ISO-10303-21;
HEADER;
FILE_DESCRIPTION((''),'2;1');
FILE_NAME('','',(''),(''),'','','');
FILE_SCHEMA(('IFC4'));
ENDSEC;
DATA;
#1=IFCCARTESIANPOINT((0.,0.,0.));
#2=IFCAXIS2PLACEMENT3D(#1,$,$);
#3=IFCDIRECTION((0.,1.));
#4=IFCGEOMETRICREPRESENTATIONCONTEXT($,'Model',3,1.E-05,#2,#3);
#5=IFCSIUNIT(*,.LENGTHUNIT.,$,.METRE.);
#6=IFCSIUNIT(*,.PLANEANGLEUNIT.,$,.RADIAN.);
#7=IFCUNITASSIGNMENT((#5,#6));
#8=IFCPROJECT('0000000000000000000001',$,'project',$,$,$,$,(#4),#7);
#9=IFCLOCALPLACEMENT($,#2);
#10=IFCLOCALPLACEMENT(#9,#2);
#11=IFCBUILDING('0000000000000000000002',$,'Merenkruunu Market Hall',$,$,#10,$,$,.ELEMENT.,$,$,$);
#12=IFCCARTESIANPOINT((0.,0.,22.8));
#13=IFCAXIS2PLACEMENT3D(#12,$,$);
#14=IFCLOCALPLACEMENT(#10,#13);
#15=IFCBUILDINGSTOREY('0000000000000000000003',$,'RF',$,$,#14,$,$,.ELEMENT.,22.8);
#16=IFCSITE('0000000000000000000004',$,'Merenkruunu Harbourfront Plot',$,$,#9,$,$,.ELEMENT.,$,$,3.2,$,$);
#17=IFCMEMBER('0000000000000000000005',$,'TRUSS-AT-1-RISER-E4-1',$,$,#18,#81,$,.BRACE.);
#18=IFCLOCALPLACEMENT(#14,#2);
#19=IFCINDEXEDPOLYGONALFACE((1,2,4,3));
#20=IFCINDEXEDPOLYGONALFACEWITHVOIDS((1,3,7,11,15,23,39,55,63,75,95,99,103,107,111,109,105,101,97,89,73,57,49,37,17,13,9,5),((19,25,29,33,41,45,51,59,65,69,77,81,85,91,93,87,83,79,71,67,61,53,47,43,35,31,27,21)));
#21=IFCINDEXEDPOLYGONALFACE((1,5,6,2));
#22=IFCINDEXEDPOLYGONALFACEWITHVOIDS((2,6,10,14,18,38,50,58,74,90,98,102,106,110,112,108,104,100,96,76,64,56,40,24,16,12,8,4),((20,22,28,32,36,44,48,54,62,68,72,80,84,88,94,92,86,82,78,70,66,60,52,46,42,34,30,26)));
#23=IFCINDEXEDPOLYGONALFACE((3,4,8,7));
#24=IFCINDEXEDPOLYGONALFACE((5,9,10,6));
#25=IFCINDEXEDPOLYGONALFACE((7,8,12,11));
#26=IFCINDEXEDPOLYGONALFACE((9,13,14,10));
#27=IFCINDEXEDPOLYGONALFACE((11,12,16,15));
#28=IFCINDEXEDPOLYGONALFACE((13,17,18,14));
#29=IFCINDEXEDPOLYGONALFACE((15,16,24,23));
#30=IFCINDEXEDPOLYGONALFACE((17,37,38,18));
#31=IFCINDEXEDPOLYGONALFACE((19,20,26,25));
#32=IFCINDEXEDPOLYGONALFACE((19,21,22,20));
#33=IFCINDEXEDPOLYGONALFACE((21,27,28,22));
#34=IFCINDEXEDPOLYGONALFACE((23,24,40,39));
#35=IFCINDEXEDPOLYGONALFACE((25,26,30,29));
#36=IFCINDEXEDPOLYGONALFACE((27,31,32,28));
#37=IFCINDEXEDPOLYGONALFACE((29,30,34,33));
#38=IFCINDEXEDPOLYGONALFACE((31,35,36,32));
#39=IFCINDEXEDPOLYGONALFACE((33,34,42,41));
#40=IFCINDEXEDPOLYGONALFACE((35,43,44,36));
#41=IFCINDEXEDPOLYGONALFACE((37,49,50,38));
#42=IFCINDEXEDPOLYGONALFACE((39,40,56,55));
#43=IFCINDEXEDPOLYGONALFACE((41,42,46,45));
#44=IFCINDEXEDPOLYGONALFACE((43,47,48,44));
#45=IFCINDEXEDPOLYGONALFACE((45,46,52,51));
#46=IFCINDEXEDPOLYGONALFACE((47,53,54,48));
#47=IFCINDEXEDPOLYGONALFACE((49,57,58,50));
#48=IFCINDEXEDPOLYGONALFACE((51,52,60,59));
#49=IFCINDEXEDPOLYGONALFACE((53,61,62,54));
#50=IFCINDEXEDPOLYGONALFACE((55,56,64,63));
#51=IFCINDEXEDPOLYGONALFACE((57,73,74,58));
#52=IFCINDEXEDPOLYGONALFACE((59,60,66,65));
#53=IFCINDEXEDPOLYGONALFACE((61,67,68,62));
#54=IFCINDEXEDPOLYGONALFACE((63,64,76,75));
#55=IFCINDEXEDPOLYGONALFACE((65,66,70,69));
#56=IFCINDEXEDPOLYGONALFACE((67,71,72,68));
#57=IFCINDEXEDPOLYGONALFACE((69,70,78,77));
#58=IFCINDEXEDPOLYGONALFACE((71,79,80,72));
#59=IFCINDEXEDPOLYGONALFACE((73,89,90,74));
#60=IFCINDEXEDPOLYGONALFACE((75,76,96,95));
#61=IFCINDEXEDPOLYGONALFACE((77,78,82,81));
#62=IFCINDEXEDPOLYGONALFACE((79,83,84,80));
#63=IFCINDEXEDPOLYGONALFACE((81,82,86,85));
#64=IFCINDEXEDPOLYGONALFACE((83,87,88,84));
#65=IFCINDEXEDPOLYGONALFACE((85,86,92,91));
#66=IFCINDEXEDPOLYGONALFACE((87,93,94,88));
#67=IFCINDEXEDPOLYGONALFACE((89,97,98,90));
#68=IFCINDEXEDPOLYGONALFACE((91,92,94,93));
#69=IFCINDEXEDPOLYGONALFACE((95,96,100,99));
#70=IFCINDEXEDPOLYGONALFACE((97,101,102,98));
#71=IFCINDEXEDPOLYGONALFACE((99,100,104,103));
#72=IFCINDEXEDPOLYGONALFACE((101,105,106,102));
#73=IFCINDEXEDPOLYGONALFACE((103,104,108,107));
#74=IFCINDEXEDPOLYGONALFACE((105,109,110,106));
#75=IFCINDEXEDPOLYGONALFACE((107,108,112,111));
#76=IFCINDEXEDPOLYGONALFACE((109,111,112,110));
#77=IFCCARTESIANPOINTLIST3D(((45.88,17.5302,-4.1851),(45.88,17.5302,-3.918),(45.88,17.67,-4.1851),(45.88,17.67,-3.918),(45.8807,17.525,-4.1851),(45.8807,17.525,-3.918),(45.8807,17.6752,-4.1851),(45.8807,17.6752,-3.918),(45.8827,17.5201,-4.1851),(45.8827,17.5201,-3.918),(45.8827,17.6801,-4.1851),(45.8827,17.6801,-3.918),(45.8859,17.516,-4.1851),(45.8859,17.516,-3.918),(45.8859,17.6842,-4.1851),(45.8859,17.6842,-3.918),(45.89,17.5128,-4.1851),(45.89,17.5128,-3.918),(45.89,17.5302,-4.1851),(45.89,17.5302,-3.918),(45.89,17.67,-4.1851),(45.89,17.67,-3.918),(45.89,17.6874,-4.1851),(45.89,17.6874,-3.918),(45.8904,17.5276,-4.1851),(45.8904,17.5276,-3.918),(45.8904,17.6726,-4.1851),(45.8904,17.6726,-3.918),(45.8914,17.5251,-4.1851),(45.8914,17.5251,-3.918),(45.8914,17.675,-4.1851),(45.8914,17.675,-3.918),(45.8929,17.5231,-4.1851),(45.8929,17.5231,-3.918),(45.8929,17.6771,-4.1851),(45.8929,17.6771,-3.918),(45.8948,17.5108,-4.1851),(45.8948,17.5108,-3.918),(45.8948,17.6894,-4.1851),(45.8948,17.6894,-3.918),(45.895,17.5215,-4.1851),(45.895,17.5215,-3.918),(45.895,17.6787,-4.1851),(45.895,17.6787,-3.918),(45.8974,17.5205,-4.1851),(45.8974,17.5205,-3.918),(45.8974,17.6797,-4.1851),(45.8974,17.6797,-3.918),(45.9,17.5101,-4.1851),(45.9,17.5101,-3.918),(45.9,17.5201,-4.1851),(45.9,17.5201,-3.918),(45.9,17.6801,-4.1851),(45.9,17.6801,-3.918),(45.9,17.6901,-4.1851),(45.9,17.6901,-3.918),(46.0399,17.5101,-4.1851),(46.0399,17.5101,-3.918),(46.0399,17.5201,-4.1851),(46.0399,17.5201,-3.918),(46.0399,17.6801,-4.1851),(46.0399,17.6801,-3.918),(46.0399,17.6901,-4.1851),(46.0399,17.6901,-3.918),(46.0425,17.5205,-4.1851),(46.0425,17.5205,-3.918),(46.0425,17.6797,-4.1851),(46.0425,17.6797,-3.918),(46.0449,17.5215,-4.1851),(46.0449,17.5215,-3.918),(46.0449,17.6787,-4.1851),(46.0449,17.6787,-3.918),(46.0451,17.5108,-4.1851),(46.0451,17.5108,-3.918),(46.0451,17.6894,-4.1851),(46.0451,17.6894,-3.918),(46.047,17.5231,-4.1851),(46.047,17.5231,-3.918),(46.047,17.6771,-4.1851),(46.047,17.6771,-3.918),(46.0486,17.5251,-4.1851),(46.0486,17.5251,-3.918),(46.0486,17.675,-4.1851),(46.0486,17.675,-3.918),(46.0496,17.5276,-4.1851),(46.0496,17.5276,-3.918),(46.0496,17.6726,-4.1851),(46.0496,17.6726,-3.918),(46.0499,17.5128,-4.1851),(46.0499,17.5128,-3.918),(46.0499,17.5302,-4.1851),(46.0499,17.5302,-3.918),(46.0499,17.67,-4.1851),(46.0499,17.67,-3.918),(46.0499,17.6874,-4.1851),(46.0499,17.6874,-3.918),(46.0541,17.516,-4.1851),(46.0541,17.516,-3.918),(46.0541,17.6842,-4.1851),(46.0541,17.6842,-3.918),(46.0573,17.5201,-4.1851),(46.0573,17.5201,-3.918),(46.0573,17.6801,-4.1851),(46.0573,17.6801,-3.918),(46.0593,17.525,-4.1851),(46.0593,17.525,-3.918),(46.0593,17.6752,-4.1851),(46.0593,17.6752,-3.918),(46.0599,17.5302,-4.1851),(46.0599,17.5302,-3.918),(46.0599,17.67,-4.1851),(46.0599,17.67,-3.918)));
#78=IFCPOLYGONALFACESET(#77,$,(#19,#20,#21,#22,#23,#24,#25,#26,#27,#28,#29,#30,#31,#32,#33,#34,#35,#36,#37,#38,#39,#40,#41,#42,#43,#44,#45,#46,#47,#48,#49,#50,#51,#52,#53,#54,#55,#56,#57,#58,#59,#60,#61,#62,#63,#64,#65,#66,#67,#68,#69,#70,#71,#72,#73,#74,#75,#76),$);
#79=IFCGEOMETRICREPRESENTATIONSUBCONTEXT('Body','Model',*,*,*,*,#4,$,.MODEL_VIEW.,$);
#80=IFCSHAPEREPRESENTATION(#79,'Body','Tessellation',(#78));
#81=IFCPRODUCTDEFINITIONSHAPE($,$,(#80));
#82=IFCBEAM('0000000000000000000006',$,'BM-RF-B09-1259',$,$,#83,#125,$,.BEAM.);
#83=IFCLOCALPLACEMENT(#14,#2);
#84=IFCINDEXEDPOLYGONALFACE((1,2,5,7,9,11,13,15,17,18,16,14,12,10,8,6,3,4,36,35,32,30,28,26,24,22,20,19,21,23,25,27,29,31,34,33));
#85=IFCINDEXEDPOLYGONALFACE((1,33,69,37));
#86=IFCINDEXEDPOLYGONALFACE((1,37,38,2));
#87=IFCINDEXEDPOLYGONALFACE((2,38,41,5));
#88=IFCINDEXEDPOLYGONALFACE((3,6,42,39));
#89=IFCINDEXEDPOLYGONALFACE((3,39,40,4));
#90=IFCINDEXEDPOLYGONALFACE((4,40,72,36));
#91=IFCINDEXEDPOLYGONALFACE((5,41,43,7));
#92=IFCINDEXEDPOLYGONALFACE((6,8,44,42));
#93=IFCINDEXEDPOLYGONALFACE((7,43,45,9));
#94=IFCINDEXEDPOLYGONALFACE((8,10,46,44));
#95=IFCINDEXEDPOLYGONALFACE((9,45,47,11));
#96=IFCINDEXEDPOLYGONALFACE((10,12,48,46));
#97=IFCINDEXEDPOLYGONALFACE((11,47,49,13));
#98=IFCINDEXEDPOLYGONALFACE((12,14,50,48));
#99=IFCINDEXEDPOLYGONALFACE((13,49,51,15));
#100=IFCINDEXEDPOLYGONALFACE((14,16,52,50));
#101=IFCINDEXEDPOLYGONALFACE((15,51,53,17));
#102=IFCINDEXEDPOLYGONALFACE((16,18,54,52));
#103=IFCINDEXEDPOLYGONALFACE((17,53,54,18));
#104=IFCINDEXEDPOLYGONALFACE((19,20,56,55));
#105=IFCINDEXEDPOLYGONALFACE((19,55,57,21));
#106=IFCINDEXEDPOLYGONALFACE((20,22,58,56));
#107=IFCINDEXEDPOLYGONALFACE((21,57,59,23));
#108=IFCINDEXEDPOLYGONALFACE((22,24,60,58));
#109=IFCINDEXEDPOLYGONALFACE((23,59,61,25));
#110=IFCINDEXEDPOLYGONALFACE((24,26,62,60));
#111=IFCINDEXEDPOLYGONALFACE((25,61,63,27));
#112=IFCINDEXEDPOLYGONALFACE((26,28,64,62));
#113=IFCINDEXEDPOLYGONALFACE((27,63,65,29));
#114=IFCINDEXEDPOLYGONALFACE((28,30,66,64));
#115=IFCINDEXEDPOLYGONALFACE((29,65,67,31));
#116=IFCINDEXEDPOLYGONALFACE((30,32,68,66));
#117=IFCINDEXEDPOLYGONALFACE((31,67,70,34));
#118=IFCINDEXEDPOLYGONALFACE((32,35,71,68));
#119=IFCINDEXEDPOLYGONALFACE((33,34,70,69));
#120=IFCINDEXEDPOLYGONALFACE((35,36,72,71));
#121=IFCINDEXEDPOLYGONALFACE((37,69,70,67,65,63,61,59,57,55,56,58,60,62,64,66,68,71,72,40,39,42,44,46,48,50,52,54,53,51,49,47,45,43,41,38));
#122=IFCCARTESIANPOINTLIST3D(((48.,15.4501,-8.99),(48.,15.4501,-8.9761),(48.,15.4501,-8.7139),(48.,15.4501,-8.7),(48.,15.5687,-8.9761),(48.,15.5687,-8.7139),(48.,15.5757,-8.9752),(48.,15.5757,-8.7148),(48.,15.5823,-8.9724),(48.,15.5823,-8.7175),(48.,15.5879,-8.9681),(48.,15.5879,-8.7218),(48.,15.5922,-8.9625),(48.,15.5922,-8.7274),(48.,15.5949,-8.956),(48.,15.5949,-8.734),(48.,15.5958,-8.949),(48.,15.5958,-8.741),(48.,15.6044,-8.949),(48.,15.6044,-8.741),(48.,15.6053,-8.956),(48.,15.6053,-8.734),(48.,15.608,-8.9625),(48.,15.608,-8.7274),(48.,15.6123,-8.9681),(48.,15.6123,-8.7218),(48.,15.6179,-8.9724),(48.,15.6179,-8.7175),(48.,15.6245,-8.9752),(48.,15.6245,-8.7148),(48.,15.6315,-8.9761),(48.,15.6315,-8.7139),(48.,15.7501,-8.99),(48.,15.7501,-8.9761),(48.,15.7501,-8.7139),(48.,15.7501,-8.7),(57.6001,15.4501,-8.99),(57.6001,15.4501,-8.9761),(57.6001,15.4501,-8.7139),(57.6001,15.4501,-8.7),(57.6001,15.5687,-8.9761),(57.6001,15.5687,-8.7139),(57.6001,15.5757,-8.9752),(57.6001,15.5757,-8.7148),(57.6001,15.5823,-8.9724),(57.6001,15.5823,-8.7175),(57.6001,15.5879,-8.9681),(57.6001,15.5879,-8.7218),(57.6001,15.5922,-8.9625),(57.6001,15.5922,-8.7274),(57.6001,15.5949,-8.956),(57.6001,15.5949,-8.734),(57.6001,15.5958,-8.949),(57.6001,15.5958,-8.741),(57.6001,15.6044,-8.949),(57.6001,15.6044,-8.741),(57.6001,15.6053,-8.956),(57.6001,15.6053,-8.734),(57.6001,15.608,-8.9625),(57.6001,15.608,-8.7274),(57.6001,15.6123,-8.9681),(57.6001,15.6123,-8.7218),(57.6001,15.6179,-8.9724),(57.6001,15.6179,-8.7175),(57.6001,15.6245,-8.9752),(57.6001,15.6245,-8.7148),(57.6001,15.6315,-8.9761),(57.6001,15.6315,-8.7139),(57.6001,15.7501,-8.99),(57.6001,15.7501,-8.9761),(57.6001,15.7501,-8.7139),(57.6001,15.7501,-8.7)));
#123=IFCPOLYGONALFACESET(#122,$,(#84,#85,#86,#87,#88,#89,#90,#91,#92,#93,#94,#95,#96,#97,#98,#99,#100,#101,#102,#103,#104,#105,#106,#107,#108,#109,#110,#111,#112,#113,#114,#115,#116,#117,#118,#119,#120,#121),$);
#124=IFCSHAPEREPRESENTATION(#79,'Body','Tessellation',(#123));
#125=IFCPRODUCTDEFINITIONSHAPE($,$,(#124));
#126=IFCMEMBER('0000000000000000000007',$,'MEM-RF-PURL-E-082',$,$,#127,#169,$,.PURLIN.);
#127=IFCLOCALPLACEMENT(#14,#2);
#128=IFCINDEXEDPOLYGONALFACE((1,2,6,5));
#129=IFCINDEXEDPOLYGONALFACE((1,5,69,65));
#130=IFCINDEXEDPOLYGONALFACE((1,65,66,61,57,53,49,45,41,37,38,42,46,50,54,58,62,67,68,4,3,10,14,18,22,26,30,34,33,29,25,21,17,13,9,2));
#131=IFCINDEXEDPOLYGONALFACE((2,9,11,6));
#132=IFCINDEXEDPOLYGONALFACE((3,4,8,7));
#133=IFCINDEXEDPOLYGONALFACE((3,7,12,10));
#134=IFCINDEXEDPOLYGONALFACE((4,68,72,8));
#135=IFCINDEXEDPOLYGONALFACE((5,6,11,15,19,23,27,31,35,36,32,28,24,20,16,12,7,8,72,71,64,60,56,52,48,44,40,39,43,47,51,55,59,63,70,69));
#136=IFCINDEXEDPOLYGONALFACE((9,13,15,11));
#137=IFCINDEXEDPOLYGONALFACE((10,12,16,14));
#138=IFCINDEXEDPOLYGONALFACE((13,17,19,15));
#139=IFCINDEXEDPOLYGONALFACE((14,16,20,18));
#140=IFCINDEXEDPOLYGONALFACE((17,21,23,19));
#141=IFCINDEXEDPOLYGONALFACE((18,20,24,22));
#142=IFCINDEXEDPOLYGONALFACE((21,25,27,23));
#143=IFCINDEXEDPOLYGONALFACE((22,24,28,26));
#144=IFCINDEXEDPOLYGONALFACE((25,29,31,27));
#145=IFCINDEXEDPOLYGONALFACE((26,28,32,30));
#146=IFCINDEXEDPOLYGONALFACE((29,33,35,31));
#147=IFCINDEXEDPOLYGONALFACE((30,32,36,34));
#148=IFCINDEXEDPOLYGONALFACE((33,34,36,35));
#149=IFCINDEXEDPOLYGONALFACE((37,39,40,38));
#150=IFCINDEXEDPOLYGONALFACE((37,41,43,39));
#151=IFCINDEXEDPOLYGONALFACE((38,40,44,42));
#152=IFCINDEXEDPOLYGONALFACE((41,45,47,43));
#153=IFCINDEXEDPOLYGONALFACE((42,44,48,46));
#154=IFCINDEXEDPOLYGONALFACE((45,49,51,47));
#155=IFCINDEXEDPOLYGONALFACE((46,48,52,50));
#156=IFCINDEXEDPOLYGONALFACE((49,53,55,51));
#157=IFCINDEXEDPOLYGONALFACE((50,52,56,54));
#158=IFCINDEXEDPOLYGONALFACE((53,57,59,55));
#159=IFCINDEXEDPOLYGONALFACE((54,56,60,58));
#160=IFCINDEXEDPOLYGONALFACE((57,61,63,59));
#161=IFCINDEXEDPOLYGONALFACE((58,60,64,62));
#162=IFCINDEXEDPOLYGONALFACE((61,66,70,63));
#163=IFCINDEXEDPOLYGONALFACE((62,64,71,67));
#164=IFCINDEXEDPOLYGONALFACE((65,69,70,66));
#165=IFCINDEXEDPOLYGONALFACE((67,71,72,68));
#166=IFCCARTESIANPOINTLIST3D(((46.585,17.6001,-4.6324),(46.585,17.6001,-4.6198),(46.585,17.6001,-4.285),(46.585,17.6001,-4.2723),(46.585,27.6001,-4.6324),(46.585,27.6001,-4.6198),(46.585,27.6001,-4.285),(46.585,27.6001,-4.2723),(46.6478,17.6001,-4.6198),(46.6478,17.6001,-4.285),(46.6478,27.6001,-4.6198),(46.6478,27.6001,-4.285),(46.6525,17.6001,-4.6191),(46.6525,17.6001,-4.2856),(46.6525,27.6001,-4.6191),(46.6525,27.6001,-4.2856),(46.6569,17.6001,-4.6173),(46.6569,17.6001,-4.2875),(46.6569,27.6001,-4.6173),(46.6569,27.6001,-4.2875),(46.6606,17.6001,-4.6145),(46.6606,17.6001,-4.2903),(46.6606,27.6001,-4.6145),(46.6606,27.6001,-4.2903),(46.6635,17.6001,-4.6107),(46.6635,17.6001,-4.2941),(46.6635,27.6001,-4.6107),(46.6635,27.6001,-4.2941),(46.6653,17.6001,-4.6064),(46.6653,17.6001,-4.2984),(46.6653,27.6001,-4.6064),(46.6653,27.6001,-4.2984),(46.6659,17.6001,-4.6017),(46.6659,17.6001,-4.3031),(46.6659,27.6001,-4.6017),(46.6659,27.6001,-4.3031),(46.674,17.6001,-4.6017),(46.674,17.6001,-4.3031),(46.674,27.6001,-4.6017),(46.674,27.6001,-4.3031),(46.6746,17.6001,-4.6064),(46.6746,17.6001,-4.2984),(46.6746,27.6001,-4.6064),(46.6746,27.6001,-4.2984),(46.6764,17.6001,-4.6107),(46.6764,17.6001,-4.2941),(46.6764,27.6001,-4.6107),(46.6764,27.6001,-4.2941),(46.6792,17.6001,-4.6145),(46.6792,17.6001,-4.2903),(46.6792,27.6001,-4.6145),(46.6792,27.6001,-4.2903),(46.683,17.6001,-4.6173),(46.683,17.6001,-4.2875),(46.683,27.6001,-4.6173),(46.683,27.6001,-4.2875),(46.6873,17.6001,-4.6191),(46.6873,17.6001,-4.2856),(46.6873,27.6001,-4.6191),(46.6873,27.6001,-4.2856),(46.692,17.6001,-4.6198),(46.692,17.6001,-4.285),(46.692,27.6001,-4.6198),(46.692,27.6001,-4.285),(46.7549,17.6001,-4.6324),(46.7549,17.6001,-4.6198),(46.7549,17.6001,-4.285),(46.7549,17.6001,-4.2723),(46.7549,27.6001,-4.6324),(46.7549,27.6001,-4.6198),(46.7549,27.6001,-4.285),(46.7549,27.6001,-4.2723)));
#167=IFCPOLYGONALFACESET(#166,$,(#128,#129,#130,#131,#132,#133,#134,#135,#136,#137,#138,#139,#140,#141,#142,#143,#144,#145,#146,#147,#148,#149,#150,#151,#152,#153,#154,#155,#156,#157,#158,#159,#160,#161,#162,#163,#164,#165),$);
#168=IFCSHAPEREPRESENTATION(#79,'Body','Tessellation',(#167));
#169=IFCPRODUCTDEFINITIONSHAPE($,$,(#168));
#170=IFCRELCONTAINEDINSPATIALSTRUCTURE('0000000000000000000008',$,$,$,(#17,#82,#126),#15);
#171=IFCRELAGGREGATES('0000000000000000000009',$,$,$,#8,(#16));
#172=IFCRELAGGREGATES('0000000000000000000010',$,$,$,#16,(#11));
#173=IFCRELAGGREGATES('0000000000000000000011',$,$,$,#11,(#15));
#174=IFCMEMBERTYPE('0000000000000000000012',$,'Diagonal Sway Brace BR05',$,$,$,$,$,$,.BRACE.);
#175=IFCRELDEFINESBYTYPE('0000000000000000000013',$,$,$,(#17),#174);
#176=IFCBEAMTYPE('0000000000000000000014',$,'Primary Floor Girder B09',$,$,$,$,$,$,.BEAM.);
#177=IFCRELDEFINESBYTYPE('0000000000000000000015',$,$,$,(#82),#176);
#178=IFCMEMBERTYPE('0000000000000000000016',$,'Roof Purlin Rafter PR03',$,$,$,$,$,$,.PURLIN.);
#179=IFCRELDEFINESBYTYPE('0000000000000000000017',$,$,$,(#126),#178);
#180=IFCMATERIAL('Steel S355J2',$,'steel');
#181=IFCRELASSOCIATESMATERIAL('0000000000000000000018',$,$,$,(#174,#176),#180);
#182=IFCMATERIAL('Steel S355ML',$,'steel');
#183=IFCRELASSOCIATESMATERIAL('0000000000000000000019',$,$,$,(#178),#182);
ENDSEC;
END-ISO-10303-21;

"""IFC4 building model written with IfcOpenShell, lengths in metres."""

from ifc_helpers import new_model, si_unit, direction, frame, origin, origin_2d, place, context, subcontext, project, spatial, hollow_rectangle, i_section, extrude, material, material_profile, profile_set, type_object, element, save


model = new_model("IFC4")

# Units and contexts
model_context = context("Model", 3, precision=1e-05, world=origin(), true_north=direction((0.0, 1.0)))
body_context = subcontext(model_context, "Body", "Model", "MODEL_VIEW")
ifc_project = project(units=[si_unit("LENGTHUNIT", "METRE"), si_unit("PLANEANGLEUNIT", "RADIAN")], contexts=[model_context])

# Site, building, storey
site_placement = place(None, origin())
site = spatial("IfcSite", under=ifc_project, at=site_placement, Name="Merenkruunu Harbourfront Plot", CompositionType="ELEMENT", RefElevation=3.2)
building_placement = place(site_placement, origin())
building = spatial("IfcBuilding", under=site, at=building_placement, Name="Merenkruunu Market Hall", CompositionType="ELEMENT")
storey_placement = place(building_placement, frame((0.0, 0.0, 22.8)))
storey = spatial("IfcBuildingStorey", under=building, at=storey_placement, Name="RF", CompositionType="ELEMENT", Elevation=22.8)

# Shared definitions
ifc_material_1 = material(Name="Steel S355ML", Category="steel")

# Member
ifc_material_2 = material(Name="Steel S355J2", Category="steel")
ifc_material_profile_1 = material_profile(ifc_material_2, hollow_rectangle(XDim=0.1799, YDim=0.1799, WallThickness=0.01, InnerFilletRadius=0.01, OuterFilletRadius=0.02, at=origin_2d()), Name="SHS 180x180x10")
ifc_profile_set_1 = profile_set([ifc_material_profile_1], Name="Steel S355J2")
member_type_1 = type_object("IfcMemberType", Name="Diagonal Sway Brace BR05", PredefinedType="BRACE", material=ifc_profile_set_1)
member_1_placement = place(storey_placement, frame((45.97, 17.6001, -4.1851), z_axis=(0.0, 0.0, 1.0), x_axis=(1.0, 0.0, 0.0)))
element("IfcMember", 1, at=member_1_placement, inside=storey, type_object=member_type_1, Name="TRUSS-AT-1-RISER-E4-1", PredefinedType="BRACE", context=body_context, shape_type="SweptSolid", body=[
    extrude(hollow_rectangle(XDim=0.1799, YDim=0.1799, WallThickness=0.01, InnerFilletRadius=0.01, OuterFilletRadius=0.02, at=origin_2d()), origin(), (0.0, 0.0, 1.0), 0.2671),
])

# Beam
ifc_material_profile_2 = material_profile(ifc_material_2, i_section(OverallWidth=0.3, OverallDepth=0.29, WebThickness=0.0085, FlangeThickness=0.0139, FilletRadius=0.0271, at=origin_2d()), Name="HEA 300")
ifc_profile_set_2 = profile_set([ifc_material_profile_2], Name="Steel S355J2")
beam_type = type_object("IfcBeamType", Name="Primary Floor Girder B09", PredefinedType="BEAM", material=ifc_profile_set_2)
beam_placement = place(storey_placement, frame((48.0, 15.6001, -8.845), z_axis=(1.0, 0.0, 0.0), x_axis=(0.0, 1.0, 0.0)))
element("IfcBeam", 2, at=beam_placement, inside=storey, type_object=beam_type, Name="BM-RF-B09-1259", PredefinedType="BEAM", context=body_context, shape_type="SweptSolid", body=[
    extrude(i_section(OverallWidth=0.3, OverallDepth=0.29, WebThickness=0.0085, FlangeThickness=0.0139, FilletRadius=0.0271, at=origin_2d()), origin(), (0.0, 0.0, 1.0), 9.6001),
])

# Member
ifc_material_profile_3 = material_profile(ifc_material_1, i_section(OverallWidth=0.1699, OverallDepth=0.3601, WebThickness=0.0081, FlangeThickness=0.0127, FilletRadius=0.0181, at=origin_2d()), Name="IPE 360")
ifc_profile_set_3 = profile_set([ifc_material_profile_3], Name="Steel S355ML")
member_type_2 = type_object("IfcMemberType", Name="Roof Purlin Rafter PR03", PredefinedType="PURLIN", material=ifc_profile_set_3)
member_2_placement = place(storey_placement, frame((46.6699, 17.6001, -4.4524), z_axis=(0.0, 1.0, 0.0), x_axis=(-1.0, 0.0, 0.0)))
element("IfcMember", 3, at=member_2_placement, inside=storey, type_object=member_type_2, Name="MEM-RF-PURL-E-082", PredefinedType="PURLIN", context=body_context, shape_type="SweptSolid", body=[
    extrude(i_section(OverallWidth=0.1699, OverallDepth=0.3601, WebThickness=0.0081, FlangeThickness=0.0127, FilletRadius=0.0181, at=origin_2d()), origin(), (0.0, 0.0, 1.0), 10.0),
])

save(model, "model.ifc")
